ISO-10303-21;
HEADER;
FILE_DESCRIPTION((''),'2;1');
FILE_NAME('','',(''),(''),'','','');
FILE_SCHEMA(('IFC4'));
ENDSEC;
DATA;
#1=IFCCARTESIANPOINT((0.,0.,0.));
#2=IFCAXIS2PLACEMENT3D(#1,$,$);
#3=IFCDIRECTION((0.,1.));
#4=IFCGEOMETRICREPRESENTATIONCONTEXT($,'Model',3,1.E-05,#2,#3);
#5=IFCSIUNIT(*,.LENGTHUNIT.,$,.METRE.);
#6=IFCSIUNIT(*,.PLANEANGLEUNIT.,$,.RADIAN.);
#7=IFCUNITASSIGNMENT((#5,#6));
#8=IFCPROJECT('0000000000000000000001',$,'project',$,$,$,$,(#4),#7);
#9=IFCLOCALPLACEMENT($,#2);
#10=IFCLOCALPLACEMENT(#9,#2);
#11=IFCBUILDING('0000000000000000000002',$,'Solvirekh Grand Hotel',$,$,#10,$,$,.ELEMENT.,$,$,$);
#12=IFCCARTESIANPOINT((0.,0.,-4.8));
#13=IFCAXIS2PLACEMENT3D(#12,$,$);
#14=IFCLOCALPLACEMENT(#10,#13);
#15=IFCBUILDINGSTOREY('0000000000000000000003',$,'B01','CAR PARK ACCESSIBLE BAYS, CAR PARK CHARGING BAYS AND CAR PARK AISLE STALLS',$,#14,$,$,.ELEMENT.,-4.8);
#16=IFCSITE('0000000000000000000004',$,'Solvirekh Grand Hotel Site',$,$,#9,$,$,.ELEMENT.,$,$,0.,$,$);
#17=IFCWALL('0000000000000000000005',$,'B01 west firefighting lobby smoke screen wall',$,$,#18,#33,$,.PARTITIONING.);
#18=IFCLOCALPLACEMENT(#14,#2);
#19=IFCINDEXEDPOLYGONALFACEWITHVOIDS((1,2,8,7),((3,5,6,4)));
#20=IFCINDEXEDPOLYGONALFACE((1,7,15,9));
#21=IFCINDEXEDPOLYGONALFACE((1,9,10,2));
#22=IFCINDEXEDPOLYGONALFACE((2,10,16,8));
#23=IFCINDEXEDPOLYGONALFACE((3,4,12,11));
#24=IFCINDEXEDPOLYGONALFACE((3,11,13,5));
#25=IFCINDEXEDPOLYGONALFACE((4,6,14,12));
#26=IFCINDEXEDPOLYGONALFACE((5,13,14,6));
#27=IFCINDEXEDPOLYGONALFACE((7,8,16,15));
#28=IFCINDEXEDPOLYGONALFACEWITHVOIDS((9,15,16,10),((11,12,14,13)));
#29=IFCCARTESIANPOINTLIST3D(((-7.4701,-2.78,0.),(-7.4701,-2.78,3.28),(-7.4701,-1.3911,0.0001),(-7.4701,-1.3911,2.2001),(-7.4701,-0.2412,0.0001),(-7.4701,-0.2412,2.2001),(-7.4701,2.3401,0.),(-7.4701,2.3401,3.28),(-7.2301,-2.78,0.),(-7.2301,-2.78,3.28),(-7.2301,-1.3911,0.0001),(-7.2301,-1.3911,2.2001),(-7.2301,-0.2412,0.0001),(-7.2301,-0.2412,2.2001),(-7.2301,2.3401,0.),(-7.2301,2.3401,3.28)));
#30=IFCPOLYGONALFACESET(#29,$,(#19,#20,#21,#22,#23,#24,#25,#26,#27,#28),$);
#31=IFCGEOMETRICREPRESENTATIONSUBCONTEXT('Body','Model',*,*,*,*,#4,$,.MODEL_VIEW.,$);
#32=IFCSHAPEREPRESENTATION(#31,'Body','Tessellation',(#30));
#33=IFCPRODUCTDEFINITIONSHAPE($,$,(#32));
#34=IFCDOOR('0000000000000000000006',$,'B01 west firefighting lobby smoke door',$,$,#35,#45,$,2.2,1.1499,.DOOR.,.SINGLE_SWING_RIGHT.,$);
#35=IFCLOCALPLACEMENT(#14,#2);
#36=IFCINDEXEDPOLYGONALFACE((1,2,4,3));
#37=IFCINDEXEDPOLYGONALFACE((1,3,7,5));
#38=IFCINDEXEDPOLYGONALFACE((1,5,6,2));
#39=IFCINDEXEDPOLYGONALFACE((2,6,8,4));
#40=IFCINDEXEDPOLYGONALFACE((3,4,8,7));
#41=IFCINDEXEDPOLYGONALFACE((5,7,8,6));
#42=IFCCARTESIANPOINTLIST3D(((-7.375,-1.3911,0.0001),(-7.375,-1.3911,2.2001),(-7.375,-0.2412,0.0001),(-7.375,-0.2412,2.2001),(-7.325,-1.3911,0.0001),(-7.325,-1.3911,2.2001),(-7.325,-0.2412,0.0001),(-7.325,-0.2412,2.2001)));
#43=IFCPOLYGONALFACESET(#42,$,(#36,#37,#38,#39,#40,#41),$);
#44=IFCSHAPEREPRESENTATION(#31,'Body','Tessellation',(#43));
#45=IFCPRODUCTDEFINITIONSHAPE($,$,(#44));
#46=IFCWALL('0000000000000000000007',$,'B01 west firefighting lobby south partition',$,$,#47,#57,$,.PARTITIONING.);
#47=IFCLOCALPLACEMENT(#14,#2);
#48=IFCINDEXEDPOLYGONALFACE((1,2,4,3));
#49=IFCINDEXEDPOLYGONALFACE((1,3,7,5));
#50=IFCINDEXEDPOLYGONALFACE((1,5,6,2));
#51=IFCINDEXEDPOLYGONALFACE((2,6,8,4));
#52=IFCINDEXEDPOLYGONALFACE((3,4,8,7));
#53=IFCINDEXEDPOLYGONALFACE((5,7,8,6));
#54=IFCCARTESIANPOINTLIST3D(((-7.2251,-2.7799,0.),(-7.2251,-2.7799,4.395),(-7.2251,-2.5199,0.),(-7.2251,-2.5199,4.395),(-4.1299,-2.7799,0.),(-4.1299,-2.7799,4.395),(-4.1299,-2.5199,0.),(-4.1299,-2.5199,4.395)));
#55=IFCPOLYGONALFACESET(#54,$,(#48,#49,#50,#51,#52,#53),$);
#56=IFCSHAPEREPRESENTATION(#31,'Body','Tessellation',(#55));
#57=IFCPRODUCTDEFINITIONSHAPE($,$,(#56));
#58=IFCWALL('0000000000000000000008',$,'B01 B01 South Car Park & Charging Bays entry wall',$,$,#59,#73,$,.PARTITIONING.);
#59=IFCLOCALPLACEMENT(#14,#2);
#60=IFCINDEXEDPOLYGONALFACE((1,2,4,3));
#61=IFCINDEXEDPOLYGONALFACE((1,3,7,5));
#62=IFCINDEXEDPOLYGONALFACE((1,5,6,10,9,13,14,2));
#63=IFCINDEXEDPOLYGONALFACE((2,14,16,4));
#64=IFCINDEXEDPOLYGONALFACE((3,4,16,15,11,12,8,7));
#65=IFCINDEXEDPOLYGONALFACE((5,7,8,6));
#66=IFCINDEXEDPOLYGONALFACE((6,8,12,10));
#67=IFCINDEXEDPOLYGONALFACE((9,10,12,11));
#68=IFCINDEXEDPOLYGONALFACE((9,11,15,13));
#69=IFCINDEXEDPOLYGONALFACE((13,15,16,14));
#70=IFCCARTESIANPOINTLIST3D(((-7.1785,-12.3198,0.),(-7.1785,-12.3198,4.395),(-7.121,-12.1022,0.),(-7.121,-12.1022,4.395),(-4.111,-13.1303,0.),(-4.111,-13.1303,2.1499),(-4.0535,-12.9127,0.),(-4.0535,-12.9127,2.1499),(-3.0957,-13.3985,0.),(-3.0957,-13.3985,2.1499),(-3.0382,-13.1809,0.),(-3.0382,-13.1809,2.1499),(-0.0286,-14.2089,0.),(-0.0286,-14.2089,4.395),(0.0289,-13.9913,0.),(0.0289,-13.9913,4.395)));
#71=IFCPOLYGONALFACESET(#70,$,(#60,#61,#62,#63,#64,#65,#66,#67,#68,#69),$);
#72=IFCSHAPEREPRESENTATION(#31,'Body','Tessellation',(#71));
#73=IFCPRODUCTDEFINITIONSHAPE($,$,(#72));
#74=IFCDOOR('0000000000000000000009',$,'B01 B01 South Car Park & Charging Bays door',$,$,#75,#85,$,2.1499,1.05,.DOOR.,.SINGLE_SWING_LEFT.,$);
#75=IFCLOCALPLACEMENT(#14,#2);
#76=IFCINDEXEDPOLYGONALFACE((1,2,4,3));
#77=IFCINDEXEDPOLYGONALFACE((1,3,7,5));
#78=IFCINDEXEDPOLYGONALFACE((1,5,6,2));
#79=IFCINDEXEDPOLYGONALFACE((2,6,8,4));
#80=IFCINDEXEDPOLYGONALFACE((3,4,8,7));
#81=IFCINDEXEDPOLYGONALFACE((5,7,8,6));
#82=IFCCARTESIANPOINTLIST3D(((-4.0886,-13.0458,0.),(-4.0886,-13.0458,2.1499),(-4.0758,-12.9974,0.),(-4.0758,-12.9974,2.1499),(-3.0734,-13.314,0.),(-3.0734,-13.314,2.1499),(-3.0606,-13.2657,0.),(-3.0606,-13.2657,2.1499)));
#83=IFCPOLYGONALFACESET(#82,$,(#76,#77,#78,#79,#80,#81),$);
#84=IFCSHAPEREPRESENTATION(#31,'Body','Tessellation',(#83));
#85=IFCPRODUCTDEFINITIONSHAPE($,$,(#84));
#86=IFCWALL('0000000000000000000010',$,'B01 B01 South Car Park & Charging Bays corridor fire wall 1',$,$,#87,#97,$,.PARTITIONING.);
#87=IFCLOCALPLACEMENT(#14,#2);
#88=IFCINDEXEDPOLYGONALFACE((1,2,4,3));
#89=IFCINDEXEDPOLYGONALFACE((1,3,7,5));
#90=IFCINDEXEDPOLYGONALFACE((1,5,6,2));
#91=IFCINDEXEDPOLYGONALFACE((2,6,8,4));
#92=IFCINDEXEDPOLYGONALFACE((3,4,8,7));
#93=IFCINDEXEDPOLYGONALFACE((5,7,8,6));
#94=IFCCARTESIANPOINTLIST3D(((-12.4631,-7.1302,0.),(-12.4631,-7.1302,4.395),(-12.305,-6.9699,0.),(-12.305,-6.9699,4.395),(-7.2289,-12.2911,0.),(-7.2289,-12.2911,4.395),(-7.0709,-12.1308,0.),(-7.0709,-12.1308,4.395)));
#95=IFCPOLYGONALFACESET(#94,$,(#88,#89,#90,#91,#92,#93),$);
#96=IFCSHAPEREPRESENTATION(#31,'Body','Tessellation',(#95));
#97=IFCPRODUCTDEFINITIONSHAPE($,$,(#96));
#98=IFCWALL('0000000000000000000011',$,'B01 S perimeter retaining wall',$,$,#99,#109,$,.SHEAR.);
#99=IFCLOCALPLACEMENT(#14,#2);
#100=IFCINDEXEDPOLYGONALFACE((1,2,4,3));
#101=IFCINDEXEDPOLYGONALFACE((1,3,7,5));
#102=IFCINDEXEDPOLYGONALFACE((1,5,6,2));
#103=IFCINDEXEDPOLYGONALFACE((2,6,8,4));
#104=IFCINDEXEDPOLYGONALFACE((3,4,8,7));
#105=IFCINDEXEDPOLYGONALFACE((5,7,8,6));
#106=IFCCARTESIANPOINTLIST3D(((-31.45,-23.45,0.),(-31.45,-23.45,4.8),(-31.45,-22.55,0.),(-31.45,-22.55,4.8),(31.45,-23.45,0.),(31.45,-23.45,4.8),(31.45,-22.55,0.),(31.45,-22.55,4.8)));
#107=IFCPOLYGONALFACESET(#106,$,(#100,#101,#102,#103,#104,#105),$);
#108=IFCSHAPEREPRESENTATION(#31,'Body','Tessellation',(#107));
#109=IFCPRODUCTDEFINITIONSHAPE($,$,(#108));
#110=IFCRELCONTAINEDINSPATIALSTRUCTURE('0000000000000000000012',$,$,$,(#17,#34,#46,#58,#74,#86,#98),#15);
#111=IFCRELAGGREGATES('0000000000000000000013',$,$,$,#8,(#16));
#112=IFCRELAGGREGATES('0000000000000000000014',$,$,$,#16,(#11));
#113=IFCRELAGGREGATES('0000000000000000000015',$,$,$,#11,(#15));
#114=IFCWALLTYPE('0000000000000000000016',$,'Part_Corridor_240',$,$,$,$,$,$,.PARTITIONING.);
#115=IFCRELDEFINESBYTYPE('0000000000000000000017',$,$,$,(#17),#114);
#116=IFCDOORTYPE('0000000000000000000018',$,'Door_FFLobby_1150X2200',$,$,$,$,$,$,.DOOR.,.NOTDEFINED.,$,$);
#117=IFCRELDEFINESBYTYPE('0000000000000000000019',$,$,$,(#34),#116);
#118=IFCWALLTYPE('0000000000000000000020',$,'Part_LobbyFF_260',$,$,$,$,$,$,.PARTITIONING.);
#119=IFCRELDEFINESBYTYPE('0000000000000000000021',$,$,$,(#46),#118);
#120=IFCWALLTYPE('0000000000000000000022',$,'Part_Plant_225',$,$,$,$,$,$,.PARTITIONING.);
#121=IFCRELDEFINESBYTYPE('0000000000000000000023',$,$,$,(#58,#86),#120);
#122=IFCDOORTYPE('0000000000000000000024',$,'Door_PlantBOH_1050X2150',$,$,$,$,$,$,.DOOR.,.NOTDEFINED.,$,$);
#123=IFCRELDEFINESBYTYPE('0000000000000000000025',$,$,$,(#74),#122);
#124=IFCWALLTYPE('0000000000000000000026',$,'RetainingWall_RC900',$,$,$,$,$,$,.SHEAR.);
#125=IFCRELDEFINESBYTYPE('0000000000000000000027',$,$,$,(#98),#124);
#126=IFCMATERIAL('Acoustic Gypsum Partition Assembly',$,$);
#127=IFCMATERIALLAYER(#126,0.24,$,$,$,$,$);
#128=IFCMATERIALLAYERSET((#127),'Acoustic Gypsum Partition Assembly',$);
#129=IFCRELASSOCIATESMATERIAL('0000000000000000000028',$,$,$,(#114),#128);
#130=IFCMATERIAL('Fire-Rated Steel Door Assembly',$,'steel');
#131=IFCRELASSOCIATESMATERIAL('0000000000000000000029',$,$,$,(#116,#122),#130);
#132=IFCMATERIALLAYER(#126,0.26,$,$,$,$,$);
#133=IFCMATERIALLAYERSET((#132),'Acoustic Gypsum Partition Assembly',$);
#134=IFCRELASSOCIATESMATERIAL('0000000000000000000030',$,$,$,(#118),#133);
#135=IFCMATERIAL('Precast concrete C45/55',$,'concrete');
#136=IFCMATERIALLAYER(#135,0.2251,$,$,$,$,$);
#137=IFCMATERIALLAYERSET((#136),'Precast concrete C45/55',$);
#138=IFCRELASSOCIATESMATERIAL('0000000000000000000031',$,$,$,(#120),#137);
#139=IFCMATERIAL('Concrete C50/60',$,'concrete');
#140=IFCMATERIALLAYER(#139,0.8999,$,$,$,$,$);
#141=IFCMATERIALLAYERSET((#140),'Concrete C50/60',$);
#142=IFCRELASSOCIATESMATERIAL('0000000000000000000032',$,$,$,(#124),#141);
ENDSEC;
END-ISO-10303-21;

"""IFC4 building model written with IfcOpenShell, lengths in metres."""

from ifc_helpers import new_model, si_unit, direction, frame, frame_2d, origin, place, context, subcontext, project, spatial, rectangle, extrude, material, layer, layer_set, type_object, element, fill, save


model = new_model("IFC4")

# Units and contexts
model_context = context("Model", 3, precision=1e-05, world=origin(), true_north=direction((0.0, 1.0)))
body_context = subcontext(model_context, "Body", "Model", "MODEL_VIEW")
ifc_project = project(units=[si_unit("LENGTHUNIT", "METRE"), si_unit("PLANEANGLEUNIT", "RADIAN")], contexts=[model_context])

# Site, building, storey
site_placement = place(None, origin())
site = spatial("IfcSite", under=ifc_project, at=site_placement, Name="Solvirekh Grand Hotel Site", CompositionType="ELEMENT", RefElevation=0.0)
building_placement = place(site_placement, origin())
building = spatial("IfcBuilding", under=site, at=building_placement, Name="Solvirekh Grand Hotel", CompositionType="ELEMENT")
storey_placement = place(building_placement, frame((0.0, 0.0, -4.8)))
storey = spatial("IfcBuildingStorey", under=building, at=storey_placement, Name="B01", Description="CAR PARK ACCESSIBLE BAYS, CAR PARK CHARGING BAYS AND CAR PARK AISLE STALLS", CompositionType="ELEMENT", Elevation=-4.8)

# Shared definitions
ifc_material_1 = material(Name="Concrete C50/60", Category="concrete")

# Shared definitions
ifc_material_2 = material(Name="Acoustic Gypsum Partition Assembly")

# Wall, opening, door
ifc_layer_1 = layer(ifc_material_2, 0.24)
ifc_layer_set_1 = layer_set([ifc_layer_1], Name="Acoustic Gypsum Partition Assembly")
wall_type_1 = type_object("IfcWallType", Name="Part_Corridor_240", PredefinedType="PARTITIONING", material=ifc_layer_set_1)
wall_1_placement = place(storey_placement, frame((-7.3501, -2.78, 0.0), z_axis=(0.0, 0.0, 1.0), x_axis=(0.0, 1.0, 0.0)))
wall_1 = element("IfcWall", 1, at=wall_1_placement, inside=storey, type_object=wall_type_1, Name="B01 west firefighting lobby smoke screen wall", PredefinedType="PARTITIONING", context=body_context, shape_type="SweptSolid", body=[
    extrude(rectangle(XDim=5.1201, YDim=0.24, at=frame_2d((2.5601, 0.0))), origin(), (0.0, 0.0, 1.0), 3.28),
])
opening_1_placement = place(wall_1_placement, frame((1.3889, 0.0, 0.0)))
opening_1 = element("IfcOpeningElement", 2, at=opening_1_placement, cuts=wall_1, PredefinedType="OPENING", context=body_context, shape_type="SweptSolid", body=[
    extrude(rectangle(XDim=1.1499, YDim=2.2, at=frame_2d((0.575, 1.1001))), frame((0.0, 0.1299, 0.0), z_axis=(0.0, -1.0, 0.0), x_axis=(1.0, 0.0, 0.0)), (0.0, 0.0, 1.0), 0.26),
])
ifc_material_3 = material(Name="Fire-Rated Steel Door Assembly", Category="steel")
door_type_1 = type_object("IfcDoorType", Name="Door_FFLobby_1150X2200", OperationType="NOTDEFINED", PredefinedType="DOOR", material=ifc_material_3)
door_1_placement = place(opening_1_placement, origin())
door_1 = element("IfcDoor", 3, at=door_1_placement, inside=storey, type_object=door_type_1, Name="B01 west firefighting lobby smoke door", OperationType="SINGLE_SWING_RIGHT", OverallHeight=2.2, OverallWidth=1.1499, PredefinedType="DOOR", context=body_context, shape_type="SweptSolid", body=[
    extrude(rectangle(XDim=1.1499, YDim=2.2, at=frame_2d((0.575, 1.1001))), frame((0.0, 0.0249, 0.0), z_axis=(0.0, -1.0, 0.0), x_axis=(1.0, 0.0, 0.0)), (0.0, 0.0, 1.0), 0.05),
])
fill(opening_1, door_1)

# Wall
ifc_layer_2 = layer(ifc_material_2, 0.26)
ifc_layer_set_2 = layer_set([ifc_layer_2], Name="Acoustic Gypsum Partition Assembly")
wall_type_2 = type_object("IfcWallType", Name="Part_LobbyFF_260", PredefinedType="PARTITIONING", material=ifc_layer_set_2)
wall_2_placement = place(storey_placement, frame((-7.2251, -2.6499, 0.0), z_axis=(0.0, 0.0, 1.0), x_axis=(1.0, 0.0, 0.0)))
element("IfcWall", 4, at=wall_2_placement, inside=storey, type_object=wall_type_2, Name="B01 west firefighting lobby south partition", PredefinedType="PARTITIONING", context=body_context, shape_type="SweptSolid", body=[
    extrude(rectangle(XDim=3.0952, YDim=0.26, at=frame_2d((1.5476, 0.0))), origin(), (0.0, 0.0, 1.0), 4.395),
])

# Wall, opening, door
ifc_material_4 = material(Name="Precast concrete C45/55", Category="concrete")
ifc_layer_3 = layer(ifc_material_4, 0.2251)
ifc_layer_set_3 = layer_set([ifc_layer_3], Name="Precast concrete C45/55")
wall_type_3 = type_object("IfcWallType", Name="Part_Plant_225", PredefinedType="PARTITIONING", material=ifc_layer_set_3)
wall_3_placement = place(storey_placement, frame((-7.1499, -12.2109, 0.0), z_axis=(0.0, 0.0, 1.0), x_axis=(0.966821, -0.255455, 0.0)))
wall_3 = element("IfcWall", 5, at=wall_3_placement, inside=storey, type_object=wall_type_3, Name="B01 B01 South Car Park & Charging Bays entry wall", PredefinedType="PARTITIONING", context=body_context, shape_type="SweptSolid", body=[
    extrude(rectangle(XDim=7.3953, YDim=0.2251, at=frame_2d((3.6978, 0.0))), origin(), (0.0, 0.0, 1.0), 4.395),
])
opening_2_placement = place(wall_3_placement, frame((3.1731, 0.0, 0.0)))
opening_2 = element("IfcOpeningElement", 6, at=opening_2_placement, cuts=wall_3, PredefinedType="OPENING", context=body_context, shape_type="SweptSolid", body=[
    extrude(rectangle(XDim=1.05, YDim=2.1499, at=frame_2d((0.5249, 1.075))), frame((0.0, 0.1226, 0.0), z_axis=(0.0, -1.0, 0.0), x_axis=(1.0, 0.0, 0.0)), (0.0, 0.0, 1.0), 0.2451),
])
door_type_2 = type_object("IfcDoorType", Name="Door_PlantBOH_1050X2150", OperationType="NOTDEFINED", PredefinedType="DOOR", material=ifc_material_3)
door_2_placement = place(opening_2_placement, origin())
door_2 = element("IfcDoor", 7, at=door_2_placement, inside=storey, type_object=door_type_2, Name="B01 B01 South Car Park & Charging Bays door", OperationType="SINGLE_SWING_LEFT", OverallHeight=2.1499, OverallWidth=1.05, PredefinedType="DOOR", context=body_context, shape_type="SweptSolid", body=[
    extrude(rectangle(XDim=1.05, YDim=2.1499, at=frame_2d((0.5249, 1.075))), frame((0.0, 0.0249, 0.0), z_axis=(0.0, -1.0, 0.0), x_axis=(1.0, 0.0, 0.0)), (0.0, 0.0, 1.0), 0.05),
])
fill(opening_2, door_2)

# Walls
wall_4_placement = place(storey_placement, frame((-12.384, -7.05, 0.0), z_axis=(0.0, 0.0, 1.0), x_axis=(0.712071, -0.702107, 0.0)))
element("IfcWall", 8, at=wall_4_placement, inside=storey, type_object=wall_type_3, Name="B01 B01 South Car Park & Charging Bays corridor fire wall 1", PredefinedType="PARTITIONING", context=body_context, shape_type="SweptSolid", body=[
    extrude(rectangle(XDim=7.3506, YDim=0.2251, at=frame_2d((3.6753, 0.0))), origin(), (0.0, 0.0, 1.0), 4.395),
])
ifc_layer_4 = layer(ifc_material_1, 0.8999)
ifc_layer_set_4 = layer_set([ifc_layer_4], Name="Concrete C50/60")
wall_type_4 = type_object("IfcWallType", Name="RetainingWall_RC900", PredefinedType="SHEAR", material=ifc_layer_set_4)
wall_5_placement = place(storey_placement, frame((-31.45, -23.0, 0.0), z_axis=(0.0, 0.0, 1.0), x_axis=(1.0, 0.0, 0.0)))
element("IfcWall", 9, at=wall_5_placement, inside=storey, type_object=wall_type_4, Name="B01 S perimeter retaining wall", PredefinedType="SHEAR", context=body_context, shape_type="SweptSolid", body=[
    extrude(rectangle(XDim=62.8999, YDim=0.8999, at=frame_2d((31.45, 0.0))), origin(), (0.0, 0.0, 1.0), 4.8),
])

save(model, "model.ifc")
